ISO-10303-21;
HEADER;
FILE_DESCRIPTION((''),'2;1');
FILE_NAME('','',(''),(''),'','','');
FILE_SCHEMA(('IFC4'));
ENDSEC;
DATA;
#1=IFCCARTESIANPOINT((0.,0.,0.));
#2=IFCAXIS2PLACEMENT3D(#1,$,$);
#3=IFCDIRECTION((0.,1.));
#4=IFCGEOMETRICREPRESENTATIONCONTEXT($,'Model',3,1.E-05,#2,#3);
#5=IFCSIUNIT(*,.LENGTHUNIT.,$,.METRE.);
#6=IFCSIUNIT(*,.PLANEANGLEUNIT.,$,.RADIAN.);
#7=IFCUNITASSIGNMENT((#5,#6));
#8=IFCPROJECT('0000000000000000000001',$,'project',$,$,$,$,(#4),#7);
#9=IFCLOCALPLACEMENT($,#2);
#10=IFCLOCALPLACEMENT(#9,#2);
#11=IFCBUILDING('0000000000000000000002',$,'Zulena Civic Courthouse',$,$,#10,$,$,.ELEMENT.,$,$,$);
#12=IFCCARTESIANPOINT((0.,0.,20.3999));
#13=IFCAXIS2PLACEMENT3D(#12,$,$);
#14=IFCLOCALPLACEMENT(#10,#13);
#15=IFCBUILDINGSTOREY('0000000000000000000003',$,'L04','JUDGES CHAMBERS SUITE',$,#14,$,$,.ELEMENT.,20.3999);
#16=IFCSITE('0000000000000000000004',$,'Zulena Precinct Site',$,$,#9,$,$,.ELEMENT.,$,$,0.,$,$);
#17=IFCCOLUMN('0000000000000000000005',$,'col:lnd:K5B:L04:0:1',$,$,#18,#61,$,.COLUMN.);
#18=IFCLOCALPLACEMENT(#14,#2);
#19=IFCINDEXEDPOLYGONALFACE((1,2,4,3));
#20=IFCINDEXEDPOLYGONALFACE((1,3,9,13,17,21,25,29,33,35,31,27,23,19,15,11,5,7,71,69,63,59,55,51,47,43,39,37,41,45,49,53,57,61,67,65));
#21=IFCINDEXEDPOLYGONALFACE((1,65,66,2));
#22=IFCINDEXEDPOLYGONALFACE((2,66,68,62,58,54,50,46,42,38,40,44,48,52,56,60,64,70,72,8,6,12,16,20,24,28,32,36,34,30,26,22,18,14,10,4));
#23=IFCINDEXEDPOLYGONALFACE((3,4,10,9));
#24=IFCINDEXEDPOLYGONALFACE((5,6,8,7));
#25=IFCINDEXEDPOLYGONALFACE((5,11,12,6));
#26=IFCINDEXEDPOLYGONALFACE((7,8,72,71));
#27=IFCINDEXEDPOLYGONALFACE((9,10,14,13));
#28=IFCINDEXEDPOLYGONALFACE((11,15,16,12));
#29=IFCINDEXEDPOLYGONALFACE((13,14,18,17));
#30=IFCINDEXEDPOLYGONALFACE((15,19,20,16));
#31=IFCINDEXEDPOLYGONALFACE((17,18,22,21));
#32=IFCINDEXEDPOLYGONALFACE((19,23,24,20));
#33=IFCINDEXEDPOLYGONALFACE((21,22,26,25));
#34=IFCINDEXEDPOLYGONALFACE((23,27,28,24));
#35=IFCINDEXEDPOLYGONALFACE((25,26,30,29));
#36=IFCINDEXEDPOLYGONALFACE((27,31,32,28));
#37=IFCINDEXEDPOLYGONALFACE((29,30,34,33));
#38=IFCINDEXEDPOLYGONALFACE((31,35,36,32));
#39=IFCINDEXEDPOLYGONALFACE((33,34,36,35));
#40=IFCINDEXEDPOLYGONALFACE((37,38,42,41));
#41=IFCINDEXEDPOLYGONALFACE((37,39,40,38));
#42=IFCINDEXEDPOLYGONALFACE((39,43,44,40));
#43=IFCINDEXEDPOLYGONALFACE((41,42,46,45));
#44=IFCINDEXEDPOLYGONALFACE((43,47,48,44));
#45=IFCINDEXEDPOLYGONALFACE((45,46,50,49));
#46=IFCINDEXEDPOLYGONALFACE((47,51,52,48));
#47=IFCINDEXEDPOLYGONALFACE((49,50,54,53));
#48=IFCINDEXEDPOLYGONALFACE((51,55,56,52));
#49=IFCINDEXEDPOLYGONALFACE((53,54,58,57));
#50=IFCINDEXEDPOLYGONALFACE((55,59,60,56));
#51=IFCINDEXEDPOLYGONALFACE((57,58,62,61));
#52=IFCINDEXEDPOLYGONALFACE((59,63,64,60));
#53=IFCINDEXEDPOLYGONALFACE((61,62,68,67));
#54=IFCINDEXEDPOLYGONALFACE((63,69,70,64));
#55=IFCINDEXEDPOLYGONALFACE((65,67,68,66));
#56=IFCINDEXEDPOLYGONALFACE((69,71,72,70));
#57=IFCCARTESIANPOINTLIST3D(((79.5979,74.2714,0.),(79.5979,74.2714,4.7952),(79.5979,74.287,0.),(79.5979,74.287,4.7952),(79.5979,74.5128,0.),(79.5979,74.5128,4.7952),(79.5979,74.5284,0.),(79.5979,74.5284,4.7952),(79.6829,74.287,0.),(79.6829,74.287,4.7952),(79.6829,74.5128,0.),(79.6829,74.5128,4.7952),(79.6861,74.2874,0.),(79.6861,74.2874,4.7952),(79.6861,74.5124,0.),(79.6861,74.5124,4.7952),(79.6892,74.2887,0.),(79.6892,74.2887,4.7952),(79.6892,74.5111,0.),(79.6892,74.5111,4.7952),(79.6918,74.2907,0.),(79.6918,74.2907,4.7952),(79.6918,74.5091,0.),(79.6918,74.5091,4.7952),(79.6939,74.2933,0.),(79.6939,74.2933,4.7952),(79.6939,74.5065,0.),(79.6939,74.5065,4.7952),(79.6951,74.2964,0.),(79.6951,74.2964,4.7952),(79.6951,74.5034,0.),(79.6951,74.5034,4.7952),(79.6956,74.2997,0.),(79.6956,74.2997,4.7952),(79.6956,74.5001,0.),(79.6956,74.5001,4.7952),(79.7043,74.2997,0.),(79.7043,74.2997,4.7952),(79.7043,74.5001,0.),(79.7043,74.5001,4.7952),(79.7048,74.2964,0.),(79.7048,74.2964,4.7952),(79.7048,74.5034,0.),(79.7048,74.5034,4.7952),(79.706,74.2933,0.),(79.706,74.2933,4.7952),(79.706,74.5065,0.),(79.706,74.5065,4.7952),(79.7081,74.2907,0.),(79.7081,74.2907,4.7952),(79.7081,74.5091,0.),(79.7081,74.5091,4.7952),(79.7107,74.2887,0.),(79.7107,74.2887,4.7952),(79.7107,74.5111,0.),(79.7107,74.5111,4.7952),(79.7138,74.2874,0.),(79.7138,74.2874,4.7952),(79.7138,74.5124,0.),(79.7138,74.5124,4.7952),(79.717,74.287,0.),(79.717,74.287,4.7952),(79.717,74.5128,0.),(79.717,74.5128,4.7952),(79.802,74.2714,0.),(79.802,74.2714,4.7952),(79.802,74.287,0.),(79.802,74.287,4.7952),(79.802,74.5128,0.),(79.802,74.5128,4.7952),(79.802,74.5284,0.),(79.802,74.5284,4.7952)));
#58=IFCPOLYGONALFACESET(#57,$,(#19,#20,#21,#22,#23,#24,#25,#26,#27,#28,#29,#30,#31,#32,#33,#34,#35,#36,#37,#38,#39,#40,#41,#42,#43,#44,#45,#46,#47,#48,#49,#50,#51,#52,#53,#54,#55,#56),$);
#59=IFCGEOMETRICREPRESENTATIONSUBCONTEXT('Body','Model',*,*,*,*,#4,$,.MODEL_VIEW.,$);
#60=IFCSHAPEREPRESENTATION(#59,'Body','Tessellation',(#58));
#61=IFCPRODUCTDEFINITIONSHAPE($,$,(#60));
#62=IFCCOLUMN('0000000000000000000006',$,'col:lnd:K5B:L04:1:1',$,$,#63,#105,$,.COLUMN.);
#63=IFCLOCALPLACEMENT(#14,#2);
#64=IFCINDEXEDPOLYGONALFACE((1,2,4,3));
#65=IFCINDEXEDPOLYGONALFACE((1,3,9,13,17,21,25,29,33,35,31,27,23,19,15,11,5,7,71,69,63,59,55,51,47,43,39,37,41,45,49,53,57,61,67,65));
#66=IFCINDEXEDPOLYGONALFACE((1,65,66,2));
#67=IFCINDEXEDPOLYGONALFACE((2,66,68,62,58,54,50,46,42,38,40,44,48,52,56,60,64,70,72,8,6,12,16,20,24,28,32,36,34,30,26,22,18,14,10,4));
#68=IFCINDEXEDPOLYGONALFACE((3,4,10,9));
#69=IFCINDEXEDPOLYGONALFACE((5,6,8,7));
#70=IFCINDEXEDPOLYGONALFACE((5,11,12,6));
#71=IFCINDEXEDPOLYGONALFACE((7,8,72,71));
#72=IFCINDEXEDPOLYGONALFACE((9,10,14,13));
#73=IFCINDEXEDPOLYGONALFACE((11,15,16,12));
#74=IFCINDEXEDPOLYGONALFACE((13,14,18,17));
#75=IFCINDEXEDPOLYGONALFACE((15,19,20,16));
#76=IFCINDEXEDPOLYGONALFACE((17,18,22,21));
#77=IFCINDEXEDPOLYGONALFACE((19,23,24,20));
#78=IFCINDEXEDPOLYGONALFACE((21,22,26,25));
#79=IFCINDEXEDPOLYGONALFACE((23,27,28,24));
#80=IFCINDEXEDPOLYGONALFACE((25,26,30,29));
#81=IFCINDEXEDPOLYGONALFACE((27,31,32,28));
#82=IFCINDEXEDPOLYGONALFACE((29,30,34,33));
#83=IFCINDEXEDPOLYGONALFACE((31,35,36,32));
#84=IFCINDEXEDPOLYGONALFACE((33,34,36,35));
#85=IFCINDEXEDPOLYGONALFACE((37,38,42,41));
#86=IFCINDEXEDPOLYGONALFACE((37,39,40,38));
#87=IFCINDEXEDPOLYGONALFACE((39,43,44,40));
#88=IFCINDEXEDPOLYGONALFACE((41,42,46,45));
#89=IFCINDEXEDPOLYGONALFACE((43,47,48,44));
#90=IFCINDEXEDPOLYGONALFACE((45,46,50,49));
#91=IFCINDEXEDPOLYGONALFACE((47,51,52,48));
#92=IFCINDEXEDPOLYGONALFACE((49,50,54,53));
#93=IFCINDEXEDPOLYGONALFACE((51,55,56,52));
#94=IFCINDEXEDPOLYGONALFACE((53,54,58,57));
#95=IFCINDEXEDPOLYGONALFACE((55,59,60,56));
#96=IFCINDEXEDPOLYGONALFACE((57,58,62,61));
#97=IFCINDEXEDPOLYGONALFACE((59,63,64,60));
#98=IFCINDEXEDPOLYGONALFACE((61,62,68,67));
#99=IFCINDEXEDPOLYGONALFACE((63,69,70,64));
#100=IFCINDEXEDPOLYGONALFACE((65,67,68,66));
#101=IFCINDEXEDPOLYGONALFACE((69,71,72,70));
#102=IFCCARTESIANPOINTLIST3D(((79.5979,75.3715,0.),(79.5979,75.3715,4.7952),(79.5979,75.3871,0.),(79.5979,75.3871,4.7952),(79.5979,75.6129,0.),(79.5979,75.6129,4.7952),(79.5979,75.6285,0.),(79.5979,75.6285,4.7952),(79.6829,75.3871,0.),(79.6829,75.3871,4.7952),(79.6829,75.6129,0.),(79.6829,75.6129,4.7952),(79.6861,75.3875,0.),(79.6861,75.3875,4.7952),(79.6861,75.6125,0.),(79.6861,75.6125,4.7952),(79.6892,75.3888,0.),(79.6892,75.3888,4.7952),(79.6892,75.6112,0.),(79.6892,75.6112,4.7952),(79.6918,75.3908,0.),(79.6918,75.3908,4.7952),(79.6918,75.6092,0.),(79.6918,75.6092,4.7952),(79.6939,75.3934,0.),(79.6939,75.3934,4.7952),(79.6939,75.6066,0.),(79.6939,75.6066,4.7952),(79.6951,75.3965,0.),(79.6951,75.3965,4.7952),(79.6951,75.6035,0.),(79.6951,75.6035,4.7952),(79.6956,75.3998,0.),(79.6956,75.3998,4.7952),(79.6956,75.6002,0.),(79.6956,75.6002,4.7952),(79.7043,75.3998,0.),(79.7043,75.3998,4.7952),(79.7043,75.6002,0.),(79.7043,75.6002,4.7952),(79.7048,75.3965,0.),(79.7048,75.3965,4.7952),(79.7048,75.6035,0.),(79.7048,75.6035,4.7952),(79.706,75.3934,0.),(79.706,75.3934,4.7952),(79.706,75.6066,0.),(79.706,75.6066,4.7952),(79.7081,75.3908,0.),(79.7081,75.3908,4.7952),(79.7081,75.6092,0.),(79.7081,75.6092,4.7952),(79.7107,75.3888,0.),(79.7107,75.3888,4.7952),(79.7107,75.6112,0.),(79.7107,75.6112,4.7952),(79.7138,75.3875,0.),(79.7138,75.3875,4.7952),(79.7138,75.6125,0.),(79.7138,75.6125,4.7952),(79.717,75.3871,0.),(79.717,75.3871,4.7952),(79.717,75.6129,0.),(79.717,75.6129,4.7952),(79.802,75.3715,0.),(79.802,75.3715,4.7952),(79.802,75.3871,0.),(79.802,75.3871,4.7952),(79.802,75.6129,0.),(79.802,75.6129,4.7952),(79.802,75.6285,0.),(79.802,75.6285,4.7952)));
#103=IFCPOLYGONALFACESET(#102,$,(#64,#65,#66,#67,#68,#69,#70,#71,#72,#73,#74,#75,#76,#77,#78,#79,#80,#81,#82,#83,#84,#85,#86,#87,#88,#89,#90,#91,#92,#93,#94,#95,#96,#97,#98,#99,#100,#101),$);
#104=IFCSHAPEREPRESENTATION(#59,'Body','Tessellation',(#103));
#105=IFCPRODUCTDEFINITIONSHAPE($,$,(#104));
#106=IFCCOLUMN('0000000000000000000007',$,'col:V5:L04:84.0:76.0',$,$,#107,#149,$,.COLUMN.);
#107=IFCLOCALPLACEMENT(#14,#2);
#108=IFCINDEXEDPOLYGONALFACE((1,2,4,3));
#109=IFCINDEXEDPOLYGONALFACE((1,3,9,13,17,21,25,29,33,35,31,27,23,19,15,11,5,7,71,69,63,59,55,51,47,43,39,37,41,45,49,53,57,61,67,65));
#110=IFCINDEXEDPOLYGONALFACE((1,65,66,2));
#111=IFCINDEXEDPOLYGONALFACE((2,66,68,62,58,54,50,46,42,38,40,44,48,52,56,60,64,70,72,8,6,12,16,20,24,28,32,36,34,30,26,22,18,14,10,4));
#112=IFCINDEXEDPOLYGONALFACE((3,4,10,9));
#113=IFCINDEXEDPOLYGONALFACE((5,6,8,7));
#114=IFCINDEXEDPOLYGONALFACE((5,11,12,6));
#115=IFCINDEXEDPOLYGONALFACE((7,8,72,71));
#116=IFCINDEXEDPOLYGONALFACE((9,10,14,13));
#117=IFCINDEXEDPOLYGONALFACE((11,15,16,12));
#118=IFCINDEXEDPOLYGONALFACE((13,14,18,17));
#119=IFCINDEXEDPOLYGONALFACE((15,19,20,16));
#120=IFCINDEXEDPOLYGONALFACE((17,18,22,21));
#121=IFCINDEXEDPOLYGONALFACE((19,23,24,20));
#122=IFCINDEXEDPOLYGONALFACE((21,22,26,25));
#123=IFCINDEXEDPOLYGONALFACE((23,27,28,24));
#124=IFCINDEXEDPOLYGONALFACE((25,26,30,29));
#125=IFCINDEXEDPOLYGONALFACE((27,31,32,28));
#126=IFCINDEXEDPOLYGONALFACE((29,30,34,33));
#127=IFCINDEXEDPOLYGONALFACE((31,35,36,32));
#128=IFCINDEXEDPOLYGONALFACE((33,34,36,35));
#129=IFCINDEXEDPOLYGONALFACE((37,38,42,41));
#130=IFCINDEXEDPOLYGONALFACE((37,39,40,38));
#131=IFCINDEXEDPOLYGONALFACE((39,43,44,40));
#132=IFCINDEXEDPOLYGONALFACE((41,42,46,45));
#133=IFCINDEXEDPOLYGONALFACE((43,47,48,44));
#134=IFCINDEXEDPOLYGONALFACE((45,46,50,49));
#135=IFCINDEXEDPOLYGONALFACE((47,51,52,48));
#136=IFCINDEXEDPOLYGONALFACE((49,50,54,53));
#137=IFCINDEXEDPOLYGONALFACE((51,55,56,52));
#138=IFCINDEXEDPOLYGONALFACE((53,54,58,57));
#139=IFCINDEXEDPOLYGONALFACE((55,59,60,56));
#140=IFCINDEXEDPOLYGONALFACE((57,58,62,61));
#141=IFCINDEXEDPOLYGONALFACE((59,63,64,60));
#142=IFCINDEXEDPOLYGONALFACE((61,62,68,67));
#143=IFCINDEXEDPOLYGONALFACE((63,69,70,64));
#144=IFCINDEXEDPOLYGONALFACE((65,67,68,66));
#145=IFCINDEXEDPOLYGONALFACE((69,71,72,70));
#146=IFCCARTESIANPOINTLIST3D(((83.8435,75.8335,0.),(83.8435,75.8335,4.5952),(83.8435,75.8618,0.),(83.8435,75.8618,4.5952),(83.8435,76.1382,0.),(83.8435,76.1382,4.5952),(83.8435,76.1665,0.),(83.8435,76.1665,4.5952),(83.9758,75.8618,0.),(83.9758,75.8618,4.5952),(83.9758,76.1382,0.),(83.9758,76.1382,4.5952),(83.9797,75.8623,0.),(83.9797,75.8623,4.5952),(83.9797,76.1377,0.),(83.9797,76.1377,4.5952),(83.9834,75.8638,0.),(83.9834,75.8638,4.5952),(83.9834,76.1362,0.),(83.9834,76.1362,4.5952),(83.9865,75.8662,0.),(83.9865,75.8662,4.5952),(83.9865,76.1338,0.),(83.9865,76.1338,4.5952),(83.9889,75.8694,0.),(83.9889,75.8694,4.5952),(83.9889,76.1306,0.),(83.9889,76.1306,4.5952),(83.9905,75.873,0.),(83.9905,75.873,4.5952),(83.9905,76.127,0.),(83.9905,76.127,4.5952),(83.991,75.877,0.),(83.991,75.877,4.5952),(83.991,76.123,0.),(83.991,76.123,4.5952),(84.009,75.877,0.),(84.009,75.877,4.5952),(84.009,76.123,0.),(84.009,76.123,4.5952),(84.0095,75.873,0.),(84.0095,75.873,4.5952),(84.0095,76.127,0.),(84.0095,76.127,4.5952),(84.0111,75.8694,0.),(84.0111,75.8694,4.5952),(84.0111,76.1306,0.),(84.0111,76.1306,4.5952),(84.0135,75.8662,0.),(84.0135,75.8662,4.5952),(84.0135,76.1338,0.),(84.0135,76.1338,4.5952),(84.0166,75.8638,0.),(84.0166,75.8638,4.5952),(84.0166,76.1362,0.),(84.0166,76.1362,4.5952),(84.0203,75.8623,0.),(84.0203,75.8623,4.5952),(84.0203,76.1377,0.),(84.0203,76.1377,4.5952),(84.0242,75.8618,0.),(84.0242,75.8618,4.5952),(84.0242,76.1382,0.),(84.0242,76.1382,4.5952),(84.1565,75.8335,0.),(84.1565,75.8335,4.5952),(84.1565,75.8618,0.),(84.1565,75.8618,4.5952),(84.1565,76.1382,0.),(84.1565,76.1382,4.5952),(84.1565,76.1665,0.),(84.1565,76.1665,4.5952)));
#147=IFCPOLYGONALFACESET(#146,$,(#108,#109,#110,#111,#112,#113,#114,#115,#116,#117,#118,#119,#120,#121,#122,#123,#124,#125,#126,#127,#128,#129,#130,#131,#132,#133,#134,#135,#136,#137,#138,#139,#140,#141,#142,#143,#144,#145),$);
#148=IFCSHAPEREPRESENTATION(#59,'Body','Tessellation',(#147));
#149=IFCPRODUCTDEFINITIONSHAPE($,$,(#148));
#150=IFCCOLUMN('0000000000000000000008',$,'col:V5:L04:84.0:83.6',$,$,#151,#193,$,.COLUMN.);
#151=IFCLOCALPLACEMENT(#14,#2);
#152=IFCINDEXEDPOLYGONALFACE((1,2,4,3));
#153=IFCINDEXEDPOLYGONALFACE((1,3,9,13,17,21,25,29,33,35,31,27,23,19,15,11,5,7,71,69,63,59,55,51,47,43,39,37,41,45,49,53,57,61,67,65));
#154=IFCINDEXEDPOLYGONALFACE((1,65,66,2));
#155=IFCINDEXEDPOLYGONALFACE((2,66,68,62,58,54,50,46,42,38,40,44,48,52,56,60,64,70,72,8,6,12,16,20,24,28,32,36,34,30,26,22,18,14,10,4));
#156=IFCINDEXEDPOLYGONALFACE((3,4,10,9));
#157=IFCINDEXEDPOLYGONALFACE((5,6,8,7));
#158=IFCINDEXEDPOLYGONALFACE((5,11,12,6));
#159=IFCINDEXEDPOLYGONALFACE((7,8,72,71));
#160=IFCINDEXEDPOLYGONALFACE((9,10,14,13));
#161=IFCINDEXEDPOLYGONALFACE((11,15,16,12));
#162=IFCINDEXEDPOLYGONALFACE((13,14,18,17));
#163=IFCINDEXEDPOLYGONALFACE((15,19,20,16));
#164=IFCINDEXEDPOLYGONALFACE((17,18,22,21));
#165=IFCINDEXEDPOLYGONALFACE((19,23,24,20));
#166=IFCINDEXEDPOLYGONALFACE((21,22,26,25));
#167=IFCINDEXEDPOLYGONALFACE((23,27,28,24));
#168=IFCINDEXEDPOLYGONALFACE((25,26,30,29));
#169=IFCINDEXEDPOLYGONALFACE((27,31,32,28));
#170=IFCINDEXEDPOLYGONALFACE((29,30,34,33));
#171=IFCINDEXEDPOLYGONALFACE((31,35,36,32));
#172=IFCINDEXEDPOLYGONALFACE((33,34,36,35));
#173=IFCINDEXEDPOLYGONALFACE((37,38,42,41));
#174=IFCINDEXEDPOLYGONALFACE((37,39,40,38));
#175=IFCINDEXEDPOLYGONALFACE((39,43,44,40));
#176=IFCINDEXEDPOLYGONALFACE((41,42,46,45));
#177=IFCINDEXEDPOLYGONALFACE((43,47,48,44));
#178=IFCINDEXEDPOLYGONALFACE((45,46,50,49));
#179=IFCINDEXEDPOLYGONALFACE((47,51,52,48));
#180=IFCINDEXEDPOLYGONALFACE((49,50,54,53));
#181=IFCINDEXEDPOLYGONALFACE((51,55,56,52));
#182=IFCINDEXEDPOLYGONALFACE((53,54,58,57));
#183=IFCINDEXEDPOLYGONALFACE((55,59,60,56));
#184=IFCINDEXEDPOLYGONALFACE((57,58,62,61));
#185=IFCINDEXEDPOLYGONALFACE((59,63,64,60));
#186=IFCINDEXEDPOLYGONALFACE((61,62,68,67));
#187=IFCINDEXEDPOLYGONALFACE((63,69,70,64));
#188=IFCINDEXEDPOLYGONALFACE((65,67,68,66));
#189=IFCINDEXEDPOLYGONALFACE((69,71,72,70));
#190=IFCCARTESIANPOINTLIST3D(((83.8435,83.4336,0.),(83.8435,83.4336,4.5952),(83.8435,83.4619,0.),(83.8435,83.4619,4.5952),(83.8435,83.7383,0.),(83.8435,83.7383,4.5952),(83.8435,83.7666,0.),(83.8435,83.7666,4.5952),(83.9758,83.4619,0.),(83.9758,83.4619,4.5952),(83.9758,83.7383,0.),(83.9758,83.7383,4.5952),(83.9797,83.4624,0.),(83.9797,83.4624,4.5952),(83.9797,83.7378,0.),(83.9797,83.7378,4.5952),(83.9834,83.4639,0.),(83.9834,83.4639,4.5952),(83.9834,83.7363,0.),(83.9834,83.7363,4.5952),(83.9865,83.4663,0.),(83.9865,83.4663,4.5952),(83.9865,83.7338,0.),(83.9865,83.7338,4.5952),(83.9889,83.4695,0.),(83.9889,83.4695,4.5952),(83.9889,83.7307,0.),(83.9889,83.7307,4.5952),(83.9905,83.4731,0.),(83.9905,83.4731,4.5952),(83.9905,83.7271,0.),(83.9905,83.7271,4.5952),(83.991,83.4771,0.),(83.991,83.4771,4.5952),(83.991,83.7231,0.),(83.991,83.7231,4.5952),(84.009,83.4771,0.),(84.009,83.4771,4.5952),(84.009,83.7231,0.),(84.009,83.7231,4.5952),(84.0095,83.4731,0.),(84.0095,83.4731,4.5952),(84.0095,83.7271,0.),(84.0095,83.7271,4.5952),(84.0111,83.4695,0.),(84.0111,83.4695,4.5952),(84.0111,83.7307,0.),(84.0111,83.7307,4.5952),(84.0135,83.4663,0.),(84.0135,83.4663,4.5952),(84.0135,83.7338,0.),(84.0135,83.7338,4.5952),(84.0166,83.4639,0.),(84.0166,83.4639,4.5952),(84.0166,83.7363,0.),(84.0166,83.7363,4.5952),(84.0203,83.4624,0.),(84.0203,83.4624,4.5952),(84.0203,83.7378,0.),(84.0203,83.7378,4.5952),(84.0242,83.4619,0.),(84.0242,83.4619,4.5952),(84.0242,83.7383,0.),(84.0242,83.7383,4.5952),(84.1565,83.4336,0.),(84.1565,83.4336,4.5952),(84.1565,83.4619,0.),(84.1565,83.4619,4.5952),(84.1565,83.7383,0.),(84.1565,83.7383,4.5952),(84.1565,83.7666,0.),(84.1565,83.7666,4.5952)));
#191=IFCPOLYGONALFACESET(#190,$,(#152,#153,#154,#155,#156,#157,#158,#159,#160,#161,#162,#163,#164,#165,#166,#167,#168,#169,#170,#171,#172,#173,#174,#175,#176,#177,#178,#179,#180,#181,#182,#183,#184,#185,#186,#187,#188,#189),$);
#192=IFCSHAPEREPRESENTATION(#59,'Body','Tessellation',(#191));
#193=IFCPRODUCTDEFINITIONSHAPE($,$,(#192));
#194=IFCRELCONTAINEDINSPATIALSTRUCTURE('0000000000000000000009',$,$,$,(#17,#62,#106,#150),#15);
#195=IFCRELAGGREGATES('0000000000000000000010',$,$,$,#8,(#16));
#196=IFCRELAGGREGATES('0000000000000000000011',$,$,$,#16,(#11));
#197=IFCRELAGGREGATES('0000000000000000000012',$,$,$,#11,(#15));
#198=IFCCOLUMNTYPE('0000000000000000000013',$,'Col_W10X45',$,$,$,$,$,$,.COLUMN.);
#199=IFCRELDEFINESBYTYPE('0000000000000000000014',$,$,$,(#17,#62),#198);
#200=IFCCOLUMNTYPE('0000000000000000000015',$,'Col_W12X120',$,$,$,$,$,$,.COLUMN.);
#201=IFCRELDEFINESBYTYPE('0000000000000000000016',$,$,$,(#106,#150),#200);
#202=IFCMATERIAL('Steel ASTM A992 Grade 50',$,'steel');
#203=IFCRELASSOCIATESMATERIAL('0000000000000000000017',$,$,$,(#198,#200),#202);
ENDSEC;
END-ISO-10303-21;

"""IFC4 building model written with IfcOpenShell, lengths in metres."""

from ifc_helpers import new_model, si_unit, direction, frame, origin, origin_2d, place, context, subcontext, project, spatial, i_section, extrude, material, material_profile, profile_set, type_object, element, save


model = new_model("IFC4")

# Units and contexts
model_context = context("Model", 3, precision=1e-05, world=origin(), true_north=direction((0.0, 1.0)))
body_context = subcontext(model_context, "Body", "Model", "MODEL_VIEW")
ifc_project = project(units=[si_unit("LENGTHUNIT", "METRE"), si_unit("PLANEANGLEUNIT", "RADIAN")], contexts=[model_context])

# Site, building, storey
site_placement = place(None, origin())
site = spatial("IfcSite", under=ifc_project, at=site_placement, Name="Zulena Precinct Site", CompositionType="ELEMENT", RefElevation=0.0)
building_placement = place(site_placement, origin())
building = spatial("IfcBuilding", under=site, at=building_placement, Name="Zulena Civic Courthouse", CompositionType="ELEMENT")
storey_placement = place(building_placement, frame((0.0, 0.0, 20.3999)))
storey = spatial("IfcBuildingStorey", under=building, at=storey_placement, Name="L04", Description="JUDGES CHAMBERS SUITE", CompositionType="ELEMENT", Elevation=20.3999)

# Columns
ifc_material_1 = material(Name="Steel ASTM A992 Grade 50", Category="steel")
ifc_material_profile_1 = material_profile(ifc_material_1, i_section(OverallWidth=0.2041, OverallDepth=0.2571, WebThickness=0.0088, FlangeThickness=0.0156, FilletRadius=0.0127, at=origin_2d()), Name="W10X45")
ifc_profile_set_1 = profile_set([ifc_material_profile_1], Name="Steel ASTM A992 Grade 50")
column_type_1 = type_object("IfcColumnType", Name="Col_W10X45", PredefinedType="COLUMN", material=ifc_profile_set_1)
for number, where, z_axis, x_axis, name in (
    (1, (79.7, 74.3999, 0.0), (0.0, 0.0, 1.0), (1.0, 0.0, 0.0), "col:lnd:K5B:L04:0:1"),
    (2, (79.7, 75.5, 0.0), (0.0, 0.0, 1.0), (1.0, 0.0, 0.0), "col:lnd:K5B:L04:1:1"),
):
    element("IfcColumn", number, at=place(storey_placement, frame(where, z_axis=z_axis, x_axis=x_axis)), inside=storey, type_object=column_type_1, Name=name, PredefinedType="COLUMN", context=body_context, shape_type="SweptSolid", body=[
        extrude(i_section(OverallWidth=0.2041, OverallDepth=0.2571, WebThickness=0.0088, FlangeThickness=0.0156, FilletRadius=0.0127, at=origin_2d()), origin(), (0.0, 0.0, 1.0), 4.7952),
    ])
ifc_material_profile_2 = material_profile(ifc_material_1, i_section(OverallWidth=0.313, OverallDepth=0.333, WebThickness=0.0181, FlangeThickness=0.0283, FilletRadius=0.0151, at=origin_2d()), Name="W12X120")
ifc_profile_set_2 = profile_set([ifc_material_profile_2], Name="Steel ASTM A992 Grade 50")
column_type_2 = type_object("IfcColumnType", Name="Col_W12X120", PredefinedType="COLUMN", material=ifc_profile_set_2)
for number, where, z_axis, x_axis, name in (
    (3, (84.0, 76.0, 0.0), (0.0, 0.0, 1.0), (1.0, 0.0, 0.0), "col:V5:L04:84.0:76.0"),
    (4, (84.0, 83.6001, 0.0), (0.0, 0.0, 1.0), (1.0, 0.0, 0.0), "col:V5:L04:84.0:83.6"),
):
    element("IfcColumn", number, at=place(storey_placement, frame(where, z_axis=z_axis, x_axis=x_axis)), inside=storey, type_object=column_type_2, Name=name, PredefinedType="COLUMN", context=body_context, shape_type="SweptSolid", body=[
        extrude(i_section(OverallWidth=0.313, OverallDepth=0.333, WebThickness=0.0181, FlangeThickness=0.0283, FilletRadius=0.0151, at=origin_2d()), origin(), (0.0, 0.0, 1.0), 4.5952),
    ])

save(model, "model.ifc")
